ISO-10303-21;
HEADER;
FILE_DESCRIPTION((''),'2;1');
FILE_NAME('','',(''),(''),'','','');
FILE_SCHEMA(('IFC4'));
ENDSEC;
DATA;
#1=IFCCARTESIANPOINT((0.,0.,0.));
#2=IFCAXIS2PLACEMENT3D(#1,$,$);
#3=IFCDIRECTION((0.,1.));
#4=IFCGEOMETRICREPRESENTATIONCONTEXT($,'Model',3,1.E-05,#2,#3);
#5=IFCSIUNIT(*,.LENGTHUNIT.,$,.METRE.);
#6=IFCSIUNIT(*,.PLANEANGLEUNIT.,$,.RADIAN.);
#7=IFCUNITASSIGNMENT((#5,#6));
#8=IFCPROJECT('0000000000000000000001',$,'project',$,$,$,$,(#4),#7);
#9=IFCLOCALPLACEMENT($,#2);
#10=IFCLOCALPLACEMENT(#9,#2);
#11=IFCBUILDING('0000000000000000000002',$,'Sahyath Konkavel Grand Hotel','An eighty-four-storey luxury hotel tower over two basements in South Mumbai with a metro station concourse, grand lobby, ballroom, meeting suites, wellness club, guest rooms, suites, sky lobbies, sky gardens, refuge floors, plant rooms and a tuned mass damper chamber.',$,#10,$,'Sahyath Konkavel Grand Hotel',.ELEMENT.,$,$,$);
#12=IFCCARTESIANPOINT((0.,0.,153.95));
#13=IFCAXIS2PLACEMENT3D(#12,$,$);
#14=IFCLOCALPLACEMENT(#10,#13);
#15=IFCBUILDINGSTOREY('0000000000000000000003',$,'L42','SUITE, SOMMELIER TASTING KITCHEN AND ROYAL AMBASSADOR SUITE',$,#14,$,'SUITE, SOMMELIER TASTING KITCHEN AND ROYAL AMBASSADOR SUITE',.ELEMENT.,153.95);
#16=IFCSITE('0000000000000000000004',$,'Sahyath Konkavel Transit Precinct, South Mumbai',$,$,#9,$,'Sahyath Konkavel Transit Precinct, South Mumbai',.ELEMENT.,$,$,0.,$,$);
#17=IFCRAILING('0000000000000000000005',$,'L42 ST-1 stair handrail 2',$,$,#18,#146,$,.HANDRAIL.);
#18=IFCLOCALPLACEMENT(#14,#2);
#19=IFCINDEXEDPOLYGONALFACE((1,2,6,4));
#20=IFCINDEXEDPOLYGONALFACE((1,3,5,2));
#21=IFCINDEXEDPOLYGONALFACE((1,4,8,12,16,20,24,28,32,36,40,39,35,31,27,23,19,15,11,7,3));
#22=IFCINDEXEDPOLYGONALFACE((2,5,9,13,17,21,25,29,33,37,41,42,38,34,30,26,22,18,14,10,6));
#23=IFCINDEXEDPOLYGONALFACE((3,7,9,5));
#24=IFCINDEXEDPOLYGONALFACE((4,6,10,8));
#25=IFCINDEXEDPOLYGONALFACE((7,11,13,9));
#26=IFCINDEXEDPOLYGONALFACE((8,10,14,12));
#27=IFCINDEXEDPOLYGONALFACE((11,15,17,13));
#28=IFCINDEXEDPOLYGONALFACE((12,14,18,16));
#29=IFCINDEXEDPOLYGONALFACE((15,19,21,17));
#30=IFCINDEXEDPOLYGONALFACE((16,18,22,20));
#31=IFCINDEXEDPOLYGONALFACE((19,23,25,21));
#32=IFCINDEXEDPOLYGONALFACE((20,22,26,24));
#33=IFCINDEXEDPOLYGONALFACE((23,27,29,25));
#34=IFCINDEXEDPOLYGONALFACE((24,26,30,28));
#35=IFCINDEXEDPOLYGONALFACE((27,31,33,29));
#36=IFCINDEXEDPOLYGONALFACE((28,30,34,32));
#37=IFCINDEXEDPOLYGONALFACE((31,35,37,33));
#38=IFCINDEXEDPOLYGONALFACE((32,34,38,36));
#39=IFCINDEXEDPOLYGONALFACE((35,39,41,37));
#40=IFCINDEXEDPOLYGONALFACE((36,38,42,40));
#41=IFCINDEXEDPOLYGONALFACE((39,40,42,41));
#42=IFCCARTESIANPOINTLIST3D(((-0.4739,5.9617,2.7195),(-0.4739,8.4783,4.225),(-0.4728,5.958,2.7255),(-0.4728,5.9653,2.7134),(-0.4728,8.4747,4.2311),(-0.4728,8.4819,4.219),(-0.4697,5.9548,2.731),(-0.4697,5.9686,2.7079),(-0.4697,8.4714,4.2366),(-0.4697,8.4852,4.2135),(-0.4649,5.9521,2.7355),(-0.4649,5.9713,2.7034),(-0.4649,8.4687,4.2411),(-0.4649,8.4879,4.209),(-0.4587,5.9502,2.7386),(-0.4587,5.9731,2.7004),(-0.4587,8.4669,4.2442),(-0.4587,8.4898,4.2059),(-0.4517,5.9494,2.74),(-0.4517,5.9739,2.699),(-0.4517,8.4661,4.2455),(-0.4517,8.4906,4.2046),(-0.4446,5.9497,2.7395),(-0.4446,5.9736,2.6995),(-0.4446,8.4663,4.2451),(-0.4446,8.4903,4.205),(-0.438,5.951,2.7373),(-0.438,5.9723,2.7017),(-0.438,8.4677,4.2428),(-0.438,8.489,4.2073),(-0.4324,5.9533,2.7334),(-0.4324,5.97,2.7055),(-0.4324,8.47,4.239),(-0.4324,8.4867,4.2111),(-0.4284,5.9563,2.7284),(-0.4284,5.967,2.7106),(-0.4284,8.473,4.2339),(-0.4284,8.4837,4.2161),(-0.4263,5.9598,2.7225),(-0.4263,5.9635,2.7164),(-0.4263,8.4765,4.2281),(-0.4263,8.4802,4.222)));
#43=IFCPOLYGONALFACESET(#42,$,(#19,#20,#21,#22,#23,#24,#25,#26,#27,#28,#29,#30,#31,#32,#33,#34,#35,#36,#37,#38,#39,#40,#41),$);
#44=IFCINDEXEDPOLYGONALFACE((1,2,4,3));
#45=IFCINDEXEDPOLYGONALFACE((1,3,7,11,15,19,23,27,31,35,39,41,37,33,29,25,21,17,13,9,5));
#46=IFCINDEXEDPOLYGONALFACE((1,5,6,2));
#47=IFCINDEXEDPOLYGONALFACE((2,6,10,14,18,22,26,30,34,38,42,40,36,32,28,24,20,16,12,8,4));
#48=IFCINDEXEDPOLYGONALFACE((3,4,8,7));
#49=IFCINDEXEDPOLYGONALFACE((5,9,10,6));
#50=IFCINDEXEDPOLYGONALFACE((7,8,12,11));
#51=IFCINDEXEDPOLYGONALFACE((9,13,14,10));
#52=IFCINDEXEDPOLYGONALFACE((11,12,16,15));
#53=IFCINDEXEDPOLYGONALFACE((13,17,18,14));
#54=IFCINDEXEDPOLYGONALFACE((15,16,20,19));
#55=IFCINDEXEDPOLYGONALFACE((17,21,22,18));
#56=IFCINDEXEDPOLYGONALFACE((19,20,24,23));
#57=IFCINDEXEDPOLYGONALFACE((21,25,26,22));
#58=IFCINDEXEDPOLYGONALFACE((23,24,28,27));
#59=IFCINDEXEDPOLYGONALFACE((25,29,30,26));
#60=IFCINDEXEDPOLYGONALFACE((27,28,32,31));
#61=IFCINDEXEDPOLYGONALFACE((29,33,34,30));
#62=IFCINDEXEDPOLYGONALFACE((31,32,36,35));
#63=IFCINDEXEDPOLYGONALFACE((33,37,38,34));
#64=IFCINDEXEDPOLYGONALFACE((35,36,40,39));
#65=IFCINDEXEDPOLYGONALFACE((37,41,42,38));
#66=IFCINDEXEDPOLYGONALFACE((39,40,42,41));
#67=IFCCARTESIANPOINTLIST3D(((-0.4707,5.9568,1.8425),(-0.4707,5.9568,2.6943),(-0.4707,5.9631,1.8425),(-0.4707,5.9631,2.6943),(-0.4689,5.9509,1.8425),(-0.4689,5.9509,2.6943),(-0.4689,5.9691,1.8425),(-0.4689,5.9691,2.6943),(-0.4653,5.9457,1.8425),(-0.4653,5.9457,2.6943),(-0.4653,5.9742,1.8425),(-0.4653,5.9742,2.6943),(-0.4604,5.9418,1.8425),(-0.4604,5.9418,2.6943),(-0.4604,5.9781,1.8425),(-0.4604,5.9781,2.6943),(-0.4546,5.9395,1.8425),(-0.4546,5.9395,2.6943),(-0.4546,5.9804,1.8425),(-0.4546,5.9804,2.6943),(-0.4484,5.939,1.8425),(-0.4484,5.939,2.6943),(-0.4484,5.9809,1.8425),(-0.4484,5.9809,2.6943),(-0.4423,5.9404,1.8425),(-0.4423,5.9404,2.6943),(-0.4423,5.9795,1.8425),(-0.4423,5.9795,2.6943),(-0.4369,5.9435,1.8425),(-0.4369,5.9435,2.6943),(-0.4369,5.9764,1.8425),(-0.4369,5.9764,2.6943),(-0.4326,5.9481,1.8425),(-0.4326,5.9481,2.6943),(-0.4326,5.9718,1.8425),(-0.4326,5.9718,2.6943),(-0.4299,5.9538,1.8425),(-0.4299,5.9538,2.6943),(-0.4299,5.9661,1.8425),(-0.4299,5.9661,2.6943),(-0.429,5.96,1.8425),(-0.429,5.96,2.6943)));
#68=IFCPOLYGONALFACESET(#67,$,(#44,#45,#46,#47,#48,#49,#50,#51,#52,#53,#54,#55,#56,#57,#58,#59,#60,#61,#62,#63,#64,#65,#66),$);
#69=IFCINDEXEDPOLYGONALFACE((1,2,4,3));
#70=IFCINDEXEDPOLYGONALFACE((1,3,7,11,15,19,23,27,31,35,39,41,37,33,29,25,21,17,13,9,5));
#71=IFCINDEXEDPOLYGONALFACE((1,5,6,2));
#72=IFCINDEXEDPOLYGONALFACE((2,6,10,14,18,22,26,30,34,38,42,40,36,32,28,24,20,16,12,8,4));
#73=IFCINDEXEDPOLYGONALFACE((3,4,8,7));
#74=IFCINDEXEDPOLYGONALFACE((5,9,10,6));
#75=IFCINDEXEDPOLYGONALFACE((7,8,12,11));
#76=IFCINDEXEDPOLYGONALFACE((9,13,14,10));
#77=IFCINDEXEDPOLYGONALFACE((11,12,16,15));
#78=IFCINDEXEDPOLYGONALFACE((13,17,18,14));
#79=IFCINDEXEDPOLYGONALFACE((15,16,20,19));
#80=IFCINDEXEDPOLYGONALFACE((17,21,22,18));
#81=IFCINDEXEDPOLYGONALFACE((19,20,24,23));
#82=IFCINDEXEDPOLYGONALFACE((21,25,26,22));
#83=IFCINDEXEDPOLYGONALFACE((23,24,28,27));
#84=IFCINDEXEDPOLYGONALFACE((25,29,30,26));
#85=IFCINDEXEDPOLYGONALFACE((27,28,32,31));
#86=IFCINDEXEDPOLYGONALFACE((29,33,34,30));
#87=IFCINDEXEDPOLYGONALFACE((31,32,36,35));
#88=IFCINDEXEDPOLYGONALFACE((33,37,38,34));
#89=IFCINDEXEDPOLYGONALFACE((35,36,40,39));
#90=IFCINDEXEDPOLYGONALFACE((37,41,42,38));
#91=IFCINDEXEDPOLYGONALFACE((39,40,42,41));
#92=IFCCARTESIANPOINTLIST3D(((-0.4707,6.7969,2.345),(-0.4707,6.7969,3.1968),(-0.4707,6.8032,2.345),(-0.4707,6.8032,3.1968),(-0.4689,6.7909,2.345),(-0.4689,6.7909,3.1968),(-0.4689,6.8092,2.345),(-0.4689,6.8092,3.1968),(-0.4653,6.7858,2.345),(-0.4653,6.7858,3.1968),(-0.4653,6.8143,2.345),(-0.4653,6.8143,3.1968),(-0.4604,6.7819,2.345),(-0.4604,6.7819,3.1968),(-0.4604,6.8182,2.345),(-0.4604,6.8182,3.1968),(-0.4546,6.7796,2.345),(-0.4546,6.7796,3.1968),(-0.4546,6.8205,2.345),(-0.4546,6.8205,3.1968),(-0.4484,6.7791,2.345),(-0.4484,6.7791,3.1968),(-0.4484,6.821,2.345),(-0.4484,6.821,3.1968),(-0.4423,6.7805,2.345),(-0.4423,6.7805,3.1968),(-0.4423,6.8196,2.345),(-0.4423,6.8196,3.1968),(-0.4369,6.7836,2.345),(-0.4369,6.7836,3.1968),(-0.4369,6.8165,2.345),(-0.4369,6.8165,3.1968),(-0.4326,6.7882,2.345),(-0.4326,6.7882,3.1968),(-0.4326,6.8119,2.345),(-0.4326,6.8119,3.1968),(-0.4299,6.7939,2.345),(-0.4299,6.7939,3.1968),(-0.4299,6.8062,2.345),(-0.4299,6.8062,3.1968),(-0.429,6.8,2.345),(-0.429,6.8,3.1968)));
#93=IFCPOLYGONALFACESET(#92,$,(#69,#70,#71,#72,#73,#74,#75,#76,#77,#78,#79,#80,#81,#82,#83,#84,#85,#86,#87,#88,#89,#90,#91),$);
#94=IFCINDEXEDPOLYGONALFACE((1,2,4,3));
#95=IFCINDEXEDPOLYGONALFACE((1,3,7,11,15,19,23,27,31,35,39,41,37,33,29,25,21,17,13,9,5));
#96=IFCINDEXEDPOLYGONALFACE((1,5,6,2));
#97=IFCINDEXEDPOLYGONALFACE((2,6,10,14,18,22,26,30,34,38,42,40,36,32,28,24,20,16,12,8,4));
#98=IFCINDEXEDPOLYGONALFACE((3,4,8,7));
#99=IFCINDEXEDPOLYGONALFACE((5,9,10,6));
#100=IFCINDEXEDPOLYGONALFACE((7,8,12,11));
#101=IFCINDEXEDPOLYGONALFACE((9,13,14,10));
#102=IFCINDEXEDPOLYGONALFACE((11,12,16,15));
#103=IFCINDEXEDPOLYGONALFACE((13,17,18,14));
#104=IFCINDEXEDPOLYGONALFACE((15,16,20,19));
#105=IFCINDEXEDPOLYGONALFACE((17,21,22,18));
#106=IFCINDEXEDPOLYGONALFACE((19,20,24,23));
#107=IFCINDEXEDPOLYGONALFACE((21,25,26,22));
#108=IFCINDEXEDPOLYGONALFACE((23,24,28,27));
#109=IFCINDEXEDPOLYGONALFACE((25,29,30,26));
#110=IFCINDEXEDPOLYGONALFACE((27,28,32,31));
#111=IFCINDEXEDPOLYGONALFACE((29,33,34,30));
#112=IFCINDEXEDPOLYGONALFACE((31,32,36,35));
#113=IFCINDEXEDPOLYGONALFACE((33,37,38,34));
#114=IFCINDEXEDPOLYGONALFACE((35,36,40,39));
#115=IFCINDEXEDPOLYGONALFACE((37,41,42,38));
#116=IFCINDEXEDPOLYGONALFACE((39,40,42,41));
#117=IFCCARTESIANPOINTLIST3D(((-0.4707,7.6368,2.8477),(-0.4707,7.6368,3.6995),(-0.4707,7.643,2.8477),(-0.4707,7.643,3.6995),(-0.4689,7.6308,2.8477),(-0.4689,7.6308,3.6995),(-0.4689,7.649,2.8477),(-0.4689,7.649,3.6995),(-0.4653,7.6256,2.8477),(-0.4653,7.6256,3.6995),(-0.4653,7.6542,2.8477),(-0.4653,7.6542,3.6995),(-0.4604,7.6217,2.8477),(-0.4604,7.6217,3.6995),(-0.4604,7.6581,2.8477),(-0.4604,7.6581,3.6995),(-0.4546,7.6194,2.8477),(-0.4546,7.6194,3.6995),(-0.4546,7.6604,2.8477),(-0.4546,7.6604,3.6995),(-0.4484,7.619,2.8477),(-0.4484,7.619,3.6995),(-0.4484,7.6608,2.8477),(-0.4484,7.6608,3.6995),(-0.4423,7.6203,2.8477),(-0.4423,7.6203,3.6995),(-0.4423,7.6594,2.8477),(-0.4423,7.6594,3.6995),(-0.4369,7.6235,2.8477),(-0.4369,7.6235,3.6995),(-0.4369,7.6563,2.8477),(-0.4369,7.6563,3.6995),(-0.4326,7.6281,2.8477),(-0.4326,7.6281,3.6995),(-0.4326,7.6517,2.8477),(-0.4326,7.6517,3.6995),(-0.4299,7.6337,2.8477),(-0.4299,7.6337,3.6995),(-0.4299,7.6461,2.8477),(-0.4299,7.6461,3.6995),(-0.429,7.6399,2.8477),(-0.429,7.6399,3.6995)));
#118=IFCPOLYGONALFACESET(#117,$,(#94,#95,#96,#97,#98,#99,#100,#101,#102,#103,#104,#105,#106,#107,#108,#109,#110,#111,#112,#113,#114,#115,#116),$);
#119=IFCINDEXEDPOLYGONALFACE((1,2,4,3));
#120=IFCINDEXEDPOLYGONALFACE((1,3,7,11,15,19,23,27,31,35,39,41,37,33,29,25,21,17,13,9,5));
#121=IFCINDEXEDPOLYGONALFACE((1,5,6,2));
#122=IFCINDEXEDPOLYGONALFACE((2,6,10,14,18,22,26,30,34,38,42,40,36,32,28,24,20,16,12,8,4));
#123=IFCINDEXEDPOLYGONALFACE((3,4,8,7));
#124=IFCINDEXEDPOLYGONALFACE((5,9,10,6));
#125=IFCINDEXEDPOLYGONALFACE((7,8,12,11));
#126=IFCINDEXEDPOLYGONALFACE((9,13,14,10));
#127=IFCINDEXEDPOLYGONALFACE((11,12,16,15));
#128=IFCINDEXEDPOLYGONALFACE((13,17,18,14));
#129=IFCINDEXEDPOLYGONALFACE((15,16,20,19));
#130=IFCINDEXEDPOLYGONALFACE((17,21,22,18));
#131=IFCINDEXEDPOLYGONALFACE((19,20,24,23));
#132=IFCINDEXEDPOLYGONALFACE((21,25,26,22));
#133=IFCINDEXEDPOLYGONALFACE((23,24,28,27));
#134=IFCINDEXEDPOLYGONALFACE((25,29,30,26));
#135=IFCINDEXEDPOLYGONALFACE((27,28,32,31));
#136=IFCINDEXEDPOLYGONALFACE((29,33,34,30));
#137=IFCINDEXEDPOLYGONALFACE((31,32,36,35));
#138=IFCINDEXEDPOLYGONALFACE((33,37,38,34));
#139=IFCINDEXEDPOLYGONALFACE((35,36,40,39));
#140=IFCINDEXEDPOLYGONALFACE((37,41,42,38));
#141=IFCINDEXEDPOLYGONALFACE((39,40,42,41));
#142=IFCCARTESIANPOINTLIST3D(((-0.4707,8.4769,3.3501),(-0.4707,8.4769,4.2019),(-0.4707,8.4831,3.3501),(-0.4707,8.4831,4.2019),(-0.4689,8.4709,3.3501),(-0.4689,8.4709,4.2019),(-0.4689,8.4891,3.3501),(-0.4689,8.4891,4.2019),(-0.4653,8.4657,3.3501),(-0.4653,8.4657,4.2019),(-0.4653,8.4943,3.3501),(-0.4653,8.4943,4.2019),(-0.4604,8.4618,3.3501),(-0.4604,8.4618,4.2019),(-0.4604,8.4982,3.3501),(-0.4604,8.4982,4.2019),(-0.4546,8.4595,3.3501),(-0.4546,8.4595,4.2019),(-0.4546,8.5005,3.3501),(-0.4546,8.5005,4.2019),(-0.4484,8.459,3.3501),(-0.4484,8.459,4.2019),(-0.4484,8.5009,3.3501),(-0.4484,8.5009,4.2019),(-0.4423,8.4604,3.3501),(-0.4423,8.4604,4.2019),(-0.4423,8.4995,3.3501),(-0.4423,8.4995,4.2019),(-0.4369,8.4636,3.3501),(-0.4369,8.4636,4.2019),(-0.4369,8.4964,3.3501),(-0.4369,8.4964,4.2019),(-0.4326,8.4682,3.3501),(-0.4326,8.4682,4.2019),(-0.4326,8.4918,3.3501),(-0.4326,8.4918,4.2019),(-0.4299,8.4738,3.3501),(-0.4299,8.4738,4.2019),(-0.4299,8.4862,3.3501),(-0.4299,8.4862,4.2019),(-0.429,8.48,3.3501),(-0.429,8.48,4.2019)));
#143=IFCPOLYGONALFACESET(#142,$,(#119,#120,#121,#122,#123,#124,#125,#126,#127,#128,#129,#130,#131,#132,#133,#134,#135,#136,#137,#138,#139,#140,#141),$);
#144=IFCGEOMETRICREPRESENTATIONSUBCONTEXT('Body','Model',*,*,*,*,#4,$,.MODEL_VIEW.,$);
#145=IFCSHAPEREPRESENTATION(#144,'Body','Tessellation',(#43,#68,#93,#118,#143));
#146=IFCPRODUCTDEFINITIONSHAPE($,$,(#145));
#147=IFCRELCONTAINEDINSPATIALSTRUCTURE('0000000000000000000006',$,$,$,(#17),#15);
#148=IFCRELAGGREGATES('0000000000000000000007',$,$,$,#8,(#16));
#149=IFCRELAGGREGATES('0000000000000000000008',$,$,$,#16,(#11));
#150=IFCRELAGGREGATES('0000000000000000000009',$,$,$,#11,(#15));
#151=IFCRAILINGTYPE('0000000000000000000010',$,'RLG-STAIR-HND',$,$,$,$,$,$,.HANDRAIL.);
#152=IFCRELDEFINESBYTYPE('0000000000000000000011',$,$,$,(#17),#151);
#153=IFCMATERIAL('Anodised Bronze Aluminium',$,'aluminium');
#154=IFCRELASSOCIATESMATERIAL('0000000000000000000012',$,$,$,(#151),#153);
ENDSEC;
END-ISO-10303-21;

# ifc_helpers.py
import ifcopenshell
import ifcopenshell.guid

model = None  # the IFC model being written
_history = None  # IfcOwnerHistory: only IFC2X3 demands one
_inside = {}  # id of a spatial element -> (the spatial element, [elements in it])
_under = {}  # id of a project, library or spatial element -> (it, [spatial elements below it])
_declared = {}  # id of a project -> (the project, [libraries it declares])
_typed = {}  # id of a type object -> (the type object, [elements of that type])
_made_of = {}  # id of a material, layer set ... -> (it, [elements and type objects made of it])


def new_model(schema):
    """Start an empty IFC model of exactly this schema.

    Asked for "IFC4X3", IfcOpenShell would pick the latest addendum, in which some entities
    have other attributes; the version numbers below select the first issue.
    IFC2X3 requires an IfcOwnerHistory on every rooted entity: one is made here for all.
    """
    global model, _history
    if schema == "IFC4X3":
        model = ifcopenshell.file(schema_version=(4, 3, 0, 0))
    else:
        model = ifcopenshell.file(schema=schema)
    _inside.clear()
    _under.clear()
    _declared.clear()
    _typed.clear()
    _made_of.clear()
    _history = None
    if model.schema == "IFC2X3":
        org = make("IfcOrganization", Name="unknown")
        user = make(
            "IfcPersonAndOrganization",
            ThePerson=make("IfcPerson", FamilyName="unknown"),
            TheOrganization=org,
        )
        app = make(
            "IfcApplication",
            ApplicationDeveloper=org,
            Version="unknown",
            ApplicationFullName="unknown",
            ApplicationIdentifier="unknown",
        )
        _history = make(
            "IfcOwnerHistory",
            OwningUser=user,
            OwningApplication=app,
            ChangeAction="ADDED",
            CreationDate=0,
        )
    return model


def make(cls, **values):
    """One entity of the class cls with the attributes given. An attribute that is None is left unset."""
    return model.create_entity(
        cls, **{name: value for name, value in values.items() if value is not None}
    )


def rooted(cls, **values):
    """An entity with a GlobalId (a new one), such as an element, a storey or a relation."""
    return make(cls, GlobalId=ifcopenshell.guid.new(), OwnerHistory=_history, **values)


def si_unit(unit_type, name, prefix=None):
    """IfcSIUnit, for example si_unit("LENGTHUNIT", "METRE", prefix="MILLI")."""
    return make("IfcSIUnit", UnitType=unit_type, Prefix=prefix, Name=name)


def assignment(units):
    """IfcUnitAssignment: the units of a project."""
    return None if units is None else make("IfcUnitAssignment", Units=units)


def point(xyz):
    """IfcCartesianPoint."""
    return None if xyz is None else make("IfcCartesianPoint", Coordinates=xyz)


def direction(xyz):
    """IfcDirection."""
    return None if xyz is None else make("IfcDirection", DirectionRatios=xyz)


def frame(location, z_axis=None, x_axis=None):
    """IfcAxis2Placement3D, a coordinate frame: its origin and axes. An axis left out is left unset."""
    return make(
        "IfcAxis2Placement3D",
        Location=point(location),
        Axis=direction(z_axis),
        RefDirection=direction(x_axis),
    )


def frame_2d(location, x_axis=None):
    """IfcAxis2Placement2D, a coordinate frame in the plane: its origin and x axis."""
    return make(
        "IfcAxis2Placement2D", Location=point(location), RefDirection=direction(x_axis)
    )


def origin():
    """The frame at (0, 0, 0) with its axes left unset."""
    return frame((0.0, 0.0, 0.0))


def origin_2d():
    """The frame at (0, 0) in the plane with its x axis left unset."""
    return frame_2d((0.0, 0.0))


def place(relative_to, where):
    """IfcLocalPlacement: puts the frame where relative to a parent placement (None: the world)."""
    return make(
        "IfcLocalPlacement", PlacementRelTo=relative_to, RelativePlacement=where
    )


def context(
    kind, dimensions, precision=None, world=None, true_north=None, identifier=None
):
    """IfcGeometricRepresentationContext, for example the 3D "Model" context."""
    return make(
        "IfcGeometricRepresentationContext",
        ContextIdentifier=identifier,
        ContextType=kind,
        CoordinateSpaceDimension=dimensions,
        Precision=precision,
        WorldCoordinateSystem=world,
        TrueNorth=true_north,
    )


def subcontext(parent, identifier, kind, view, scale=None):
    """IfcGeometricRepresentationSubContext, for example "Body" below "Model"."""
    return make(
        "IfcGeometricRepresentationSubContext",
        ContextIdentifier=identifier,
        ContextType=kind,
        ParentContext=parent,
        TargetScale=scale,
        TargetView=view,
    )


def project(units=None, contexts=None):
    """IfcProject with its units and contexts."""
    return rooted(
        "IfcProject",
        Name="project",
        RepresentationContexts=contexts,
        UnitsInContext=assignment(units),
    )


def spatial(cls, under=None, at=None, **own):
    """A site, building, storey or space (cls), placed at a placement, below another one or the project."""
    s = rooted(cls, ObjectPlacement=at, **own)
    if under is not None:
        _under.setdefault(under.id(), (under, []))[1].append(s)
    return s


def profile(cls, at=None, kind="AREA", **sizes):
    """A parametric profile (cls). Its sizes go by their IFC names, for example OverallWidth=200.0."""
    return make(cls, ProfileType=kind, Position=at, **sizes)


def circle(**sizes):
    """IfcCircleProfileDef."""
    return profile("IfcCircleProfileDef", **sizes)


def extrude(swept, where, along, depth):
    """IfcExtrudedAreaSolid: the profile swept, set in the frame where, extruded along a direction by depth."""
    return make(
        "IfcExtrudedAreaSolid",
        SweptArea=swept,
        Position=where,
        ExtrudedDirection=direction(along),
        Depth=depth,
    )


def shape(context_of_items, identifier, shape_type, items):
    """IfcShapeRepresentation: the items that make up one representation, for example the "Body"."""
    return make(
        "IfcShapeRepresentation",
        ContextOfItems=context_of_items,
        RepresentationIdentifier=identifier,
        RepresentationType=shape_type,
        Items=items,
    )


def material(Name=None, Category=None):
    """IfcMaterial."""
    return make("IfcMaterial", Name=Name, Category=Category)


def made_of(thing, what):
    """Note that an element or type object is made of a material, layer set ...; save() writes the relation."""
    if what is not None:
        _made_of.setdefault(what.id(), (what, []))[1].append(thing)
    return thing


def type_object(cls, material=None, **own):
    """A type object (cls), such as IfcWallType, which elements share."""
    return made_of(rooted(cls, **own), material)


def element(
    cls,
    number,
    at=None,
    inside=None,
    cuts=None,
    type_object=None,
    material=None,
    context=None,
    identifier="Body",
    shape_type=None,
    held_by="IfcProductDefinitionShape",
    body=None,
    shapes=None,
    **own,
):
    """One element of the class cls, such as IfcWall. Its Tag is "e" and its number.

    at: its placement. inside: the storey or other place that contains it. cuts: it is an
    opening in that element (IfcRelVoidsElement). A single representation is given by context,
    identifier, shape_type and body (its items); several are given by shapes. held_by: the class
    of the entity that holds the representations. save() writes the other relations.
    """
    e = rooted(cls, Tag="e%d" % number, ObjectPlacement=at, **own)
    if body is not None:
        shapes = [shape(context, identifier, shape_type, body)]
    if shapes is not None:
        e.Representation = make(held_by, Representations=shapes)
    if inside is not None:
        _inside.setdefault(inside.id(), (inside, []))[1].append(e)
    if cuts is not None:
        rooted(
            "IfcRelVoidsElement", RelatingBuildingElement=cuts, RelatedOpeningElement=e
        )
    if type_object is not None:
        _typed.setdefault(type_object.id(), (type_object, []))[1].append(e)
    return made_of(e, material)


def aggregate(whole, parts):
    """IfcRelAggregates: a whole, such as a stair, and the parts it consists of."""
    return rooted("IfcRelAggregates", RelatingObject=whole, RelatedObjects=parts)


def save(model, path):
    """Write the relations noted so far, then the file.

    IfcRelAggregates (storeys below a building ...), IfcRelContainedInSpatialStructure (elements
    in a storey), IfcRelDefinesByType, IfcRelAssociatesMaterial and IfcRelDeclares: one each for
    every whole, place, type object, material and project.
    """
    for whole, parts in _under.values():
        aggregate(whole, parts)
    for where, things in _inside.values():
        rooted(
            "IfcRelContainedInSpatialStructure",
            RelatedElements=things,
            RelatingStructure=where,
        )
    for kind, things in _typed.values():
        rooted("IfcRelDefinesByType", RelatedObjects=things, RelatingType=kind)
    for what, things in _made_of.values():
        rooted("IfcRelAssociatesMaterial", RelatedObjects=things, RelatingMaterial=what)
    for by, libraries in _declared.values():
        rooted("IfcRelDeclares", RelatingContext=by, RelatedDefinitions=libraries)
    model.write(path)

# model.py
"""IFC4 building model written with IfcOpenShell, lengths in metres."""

from ifc_helpers import new_model, si_unit, direction, frame, origin, origin_2d, place, context, subcontext, project, spatial, circle, extrude, material, type_object, element, save


model = new_model("IFC4")

# Units and contexts
model_context = context("Model", 3, precision=1e-05, world=origin(), true_north=direction((0.0, 1.0)))
body_context = subcontext(model_context, "Body", "Model", "MODEL_VIEW")
ifc_project = project(units=[si_unit("LENGTHUNIT", "METRE"), si_unit("PLANEANGLEUNIT", "RADIAN")], contexts=[model_context])

# Site, building, storey
site_placement = place(None, origin())
site = spatial("IfcSite", under=ifc_project, at=site_placement, Name="Sahyath Konkavel Transit Precinct, South Mumbai", LongName="Sahyath Konkavel Transit Precinct, South Mumbai", CompositionType="ELEMENT", RefElevation=0.0)
building_placement = place(site_placement, origin())
building = spatial("IfcBuilding", under=site, at=building_placement, Name="Sahyath Konkavel Grand Hotel", Description="An eighty-four-storey luxury hotel tower over two basements in South Mumbai with a metro station concourse, grand lobby, ballroom, meeting suites, wellness club, guest rooms, suites, sky lobbies, sky gardens, refuge floors, plant rooms and a tuned mass damper chamber.", LongName="Sahyath Konkavel Grand Hotel", CompositionType="ELEMENT")
storey_placement = place(building_placement, frame((0.0, 0.0, 153.95)))
storey = spatial("IfcBuildingStorey", under=building, at=storey_placement, Name="L42", Description="SUITE, SOMMELIER TASTING KITCHEN AND ROYAL AMBASSADOR SUITE", LongName="SUITE, SOMMELIER TASTING KITCHEN AND ROYAL AMBASSADOR SUITE", CompositionType="ELEMENT", Elevation=153.95)

# Shared definitions
ifc_material_1 = material(Name="Anodised Bronze Aluminium", Category="aluminium")

# Railing
railing_type_1 = type_object("IfcRailingType", Name="RLG-STAIR-HND", PredefinedType="HANDRAIL", material=ifc_material_1)
railing_1_placement = place(storey_placement, frame((-0.45, 5.96, 1.8425)))
element("IfcRailing", 1, at=railing_1_placement, inside=storey, type_object=railing_type_1, Name="L42 ST-1 stair handrail 2", PredefinedType="HANDRAIL", context=body_context, shape_type="SweptSolid", body=[
    extrude(circle(Radius=0.0239, at=origin_2d()), frame((0.0, 0.0017, 0.877), z_axis=(0.0, 0.85816, 0.513383), x_axis=(-1.0, 0.0, 0.0)), (0.0, 0.0, 1.0), 2.9326),
    extrude(circle(Radius=0.021, at=origin_2d()), origin(), (0.0, 0.0, 1.0), 0.8518),
    extrude(circle(Radius=0.021, at=origin_2d()), frame((0.0, 0.8401, 0.5024)), (0.0, 0.0, 1.0), 0.8518),
    extrude(circle(Radius=0.021, at=origin_2d()), frame((0.0, 1.6799, 1.0051)), (0.0, 0.0, 1.0), 0.8518),
    extrude(circle(Radius=0.021, at=origin_2d()), frame((0.0, 2.52, 1.5076)), (0.0, 0.0, 1.0), 0.8518),
])

save(model, "model.ifc")
